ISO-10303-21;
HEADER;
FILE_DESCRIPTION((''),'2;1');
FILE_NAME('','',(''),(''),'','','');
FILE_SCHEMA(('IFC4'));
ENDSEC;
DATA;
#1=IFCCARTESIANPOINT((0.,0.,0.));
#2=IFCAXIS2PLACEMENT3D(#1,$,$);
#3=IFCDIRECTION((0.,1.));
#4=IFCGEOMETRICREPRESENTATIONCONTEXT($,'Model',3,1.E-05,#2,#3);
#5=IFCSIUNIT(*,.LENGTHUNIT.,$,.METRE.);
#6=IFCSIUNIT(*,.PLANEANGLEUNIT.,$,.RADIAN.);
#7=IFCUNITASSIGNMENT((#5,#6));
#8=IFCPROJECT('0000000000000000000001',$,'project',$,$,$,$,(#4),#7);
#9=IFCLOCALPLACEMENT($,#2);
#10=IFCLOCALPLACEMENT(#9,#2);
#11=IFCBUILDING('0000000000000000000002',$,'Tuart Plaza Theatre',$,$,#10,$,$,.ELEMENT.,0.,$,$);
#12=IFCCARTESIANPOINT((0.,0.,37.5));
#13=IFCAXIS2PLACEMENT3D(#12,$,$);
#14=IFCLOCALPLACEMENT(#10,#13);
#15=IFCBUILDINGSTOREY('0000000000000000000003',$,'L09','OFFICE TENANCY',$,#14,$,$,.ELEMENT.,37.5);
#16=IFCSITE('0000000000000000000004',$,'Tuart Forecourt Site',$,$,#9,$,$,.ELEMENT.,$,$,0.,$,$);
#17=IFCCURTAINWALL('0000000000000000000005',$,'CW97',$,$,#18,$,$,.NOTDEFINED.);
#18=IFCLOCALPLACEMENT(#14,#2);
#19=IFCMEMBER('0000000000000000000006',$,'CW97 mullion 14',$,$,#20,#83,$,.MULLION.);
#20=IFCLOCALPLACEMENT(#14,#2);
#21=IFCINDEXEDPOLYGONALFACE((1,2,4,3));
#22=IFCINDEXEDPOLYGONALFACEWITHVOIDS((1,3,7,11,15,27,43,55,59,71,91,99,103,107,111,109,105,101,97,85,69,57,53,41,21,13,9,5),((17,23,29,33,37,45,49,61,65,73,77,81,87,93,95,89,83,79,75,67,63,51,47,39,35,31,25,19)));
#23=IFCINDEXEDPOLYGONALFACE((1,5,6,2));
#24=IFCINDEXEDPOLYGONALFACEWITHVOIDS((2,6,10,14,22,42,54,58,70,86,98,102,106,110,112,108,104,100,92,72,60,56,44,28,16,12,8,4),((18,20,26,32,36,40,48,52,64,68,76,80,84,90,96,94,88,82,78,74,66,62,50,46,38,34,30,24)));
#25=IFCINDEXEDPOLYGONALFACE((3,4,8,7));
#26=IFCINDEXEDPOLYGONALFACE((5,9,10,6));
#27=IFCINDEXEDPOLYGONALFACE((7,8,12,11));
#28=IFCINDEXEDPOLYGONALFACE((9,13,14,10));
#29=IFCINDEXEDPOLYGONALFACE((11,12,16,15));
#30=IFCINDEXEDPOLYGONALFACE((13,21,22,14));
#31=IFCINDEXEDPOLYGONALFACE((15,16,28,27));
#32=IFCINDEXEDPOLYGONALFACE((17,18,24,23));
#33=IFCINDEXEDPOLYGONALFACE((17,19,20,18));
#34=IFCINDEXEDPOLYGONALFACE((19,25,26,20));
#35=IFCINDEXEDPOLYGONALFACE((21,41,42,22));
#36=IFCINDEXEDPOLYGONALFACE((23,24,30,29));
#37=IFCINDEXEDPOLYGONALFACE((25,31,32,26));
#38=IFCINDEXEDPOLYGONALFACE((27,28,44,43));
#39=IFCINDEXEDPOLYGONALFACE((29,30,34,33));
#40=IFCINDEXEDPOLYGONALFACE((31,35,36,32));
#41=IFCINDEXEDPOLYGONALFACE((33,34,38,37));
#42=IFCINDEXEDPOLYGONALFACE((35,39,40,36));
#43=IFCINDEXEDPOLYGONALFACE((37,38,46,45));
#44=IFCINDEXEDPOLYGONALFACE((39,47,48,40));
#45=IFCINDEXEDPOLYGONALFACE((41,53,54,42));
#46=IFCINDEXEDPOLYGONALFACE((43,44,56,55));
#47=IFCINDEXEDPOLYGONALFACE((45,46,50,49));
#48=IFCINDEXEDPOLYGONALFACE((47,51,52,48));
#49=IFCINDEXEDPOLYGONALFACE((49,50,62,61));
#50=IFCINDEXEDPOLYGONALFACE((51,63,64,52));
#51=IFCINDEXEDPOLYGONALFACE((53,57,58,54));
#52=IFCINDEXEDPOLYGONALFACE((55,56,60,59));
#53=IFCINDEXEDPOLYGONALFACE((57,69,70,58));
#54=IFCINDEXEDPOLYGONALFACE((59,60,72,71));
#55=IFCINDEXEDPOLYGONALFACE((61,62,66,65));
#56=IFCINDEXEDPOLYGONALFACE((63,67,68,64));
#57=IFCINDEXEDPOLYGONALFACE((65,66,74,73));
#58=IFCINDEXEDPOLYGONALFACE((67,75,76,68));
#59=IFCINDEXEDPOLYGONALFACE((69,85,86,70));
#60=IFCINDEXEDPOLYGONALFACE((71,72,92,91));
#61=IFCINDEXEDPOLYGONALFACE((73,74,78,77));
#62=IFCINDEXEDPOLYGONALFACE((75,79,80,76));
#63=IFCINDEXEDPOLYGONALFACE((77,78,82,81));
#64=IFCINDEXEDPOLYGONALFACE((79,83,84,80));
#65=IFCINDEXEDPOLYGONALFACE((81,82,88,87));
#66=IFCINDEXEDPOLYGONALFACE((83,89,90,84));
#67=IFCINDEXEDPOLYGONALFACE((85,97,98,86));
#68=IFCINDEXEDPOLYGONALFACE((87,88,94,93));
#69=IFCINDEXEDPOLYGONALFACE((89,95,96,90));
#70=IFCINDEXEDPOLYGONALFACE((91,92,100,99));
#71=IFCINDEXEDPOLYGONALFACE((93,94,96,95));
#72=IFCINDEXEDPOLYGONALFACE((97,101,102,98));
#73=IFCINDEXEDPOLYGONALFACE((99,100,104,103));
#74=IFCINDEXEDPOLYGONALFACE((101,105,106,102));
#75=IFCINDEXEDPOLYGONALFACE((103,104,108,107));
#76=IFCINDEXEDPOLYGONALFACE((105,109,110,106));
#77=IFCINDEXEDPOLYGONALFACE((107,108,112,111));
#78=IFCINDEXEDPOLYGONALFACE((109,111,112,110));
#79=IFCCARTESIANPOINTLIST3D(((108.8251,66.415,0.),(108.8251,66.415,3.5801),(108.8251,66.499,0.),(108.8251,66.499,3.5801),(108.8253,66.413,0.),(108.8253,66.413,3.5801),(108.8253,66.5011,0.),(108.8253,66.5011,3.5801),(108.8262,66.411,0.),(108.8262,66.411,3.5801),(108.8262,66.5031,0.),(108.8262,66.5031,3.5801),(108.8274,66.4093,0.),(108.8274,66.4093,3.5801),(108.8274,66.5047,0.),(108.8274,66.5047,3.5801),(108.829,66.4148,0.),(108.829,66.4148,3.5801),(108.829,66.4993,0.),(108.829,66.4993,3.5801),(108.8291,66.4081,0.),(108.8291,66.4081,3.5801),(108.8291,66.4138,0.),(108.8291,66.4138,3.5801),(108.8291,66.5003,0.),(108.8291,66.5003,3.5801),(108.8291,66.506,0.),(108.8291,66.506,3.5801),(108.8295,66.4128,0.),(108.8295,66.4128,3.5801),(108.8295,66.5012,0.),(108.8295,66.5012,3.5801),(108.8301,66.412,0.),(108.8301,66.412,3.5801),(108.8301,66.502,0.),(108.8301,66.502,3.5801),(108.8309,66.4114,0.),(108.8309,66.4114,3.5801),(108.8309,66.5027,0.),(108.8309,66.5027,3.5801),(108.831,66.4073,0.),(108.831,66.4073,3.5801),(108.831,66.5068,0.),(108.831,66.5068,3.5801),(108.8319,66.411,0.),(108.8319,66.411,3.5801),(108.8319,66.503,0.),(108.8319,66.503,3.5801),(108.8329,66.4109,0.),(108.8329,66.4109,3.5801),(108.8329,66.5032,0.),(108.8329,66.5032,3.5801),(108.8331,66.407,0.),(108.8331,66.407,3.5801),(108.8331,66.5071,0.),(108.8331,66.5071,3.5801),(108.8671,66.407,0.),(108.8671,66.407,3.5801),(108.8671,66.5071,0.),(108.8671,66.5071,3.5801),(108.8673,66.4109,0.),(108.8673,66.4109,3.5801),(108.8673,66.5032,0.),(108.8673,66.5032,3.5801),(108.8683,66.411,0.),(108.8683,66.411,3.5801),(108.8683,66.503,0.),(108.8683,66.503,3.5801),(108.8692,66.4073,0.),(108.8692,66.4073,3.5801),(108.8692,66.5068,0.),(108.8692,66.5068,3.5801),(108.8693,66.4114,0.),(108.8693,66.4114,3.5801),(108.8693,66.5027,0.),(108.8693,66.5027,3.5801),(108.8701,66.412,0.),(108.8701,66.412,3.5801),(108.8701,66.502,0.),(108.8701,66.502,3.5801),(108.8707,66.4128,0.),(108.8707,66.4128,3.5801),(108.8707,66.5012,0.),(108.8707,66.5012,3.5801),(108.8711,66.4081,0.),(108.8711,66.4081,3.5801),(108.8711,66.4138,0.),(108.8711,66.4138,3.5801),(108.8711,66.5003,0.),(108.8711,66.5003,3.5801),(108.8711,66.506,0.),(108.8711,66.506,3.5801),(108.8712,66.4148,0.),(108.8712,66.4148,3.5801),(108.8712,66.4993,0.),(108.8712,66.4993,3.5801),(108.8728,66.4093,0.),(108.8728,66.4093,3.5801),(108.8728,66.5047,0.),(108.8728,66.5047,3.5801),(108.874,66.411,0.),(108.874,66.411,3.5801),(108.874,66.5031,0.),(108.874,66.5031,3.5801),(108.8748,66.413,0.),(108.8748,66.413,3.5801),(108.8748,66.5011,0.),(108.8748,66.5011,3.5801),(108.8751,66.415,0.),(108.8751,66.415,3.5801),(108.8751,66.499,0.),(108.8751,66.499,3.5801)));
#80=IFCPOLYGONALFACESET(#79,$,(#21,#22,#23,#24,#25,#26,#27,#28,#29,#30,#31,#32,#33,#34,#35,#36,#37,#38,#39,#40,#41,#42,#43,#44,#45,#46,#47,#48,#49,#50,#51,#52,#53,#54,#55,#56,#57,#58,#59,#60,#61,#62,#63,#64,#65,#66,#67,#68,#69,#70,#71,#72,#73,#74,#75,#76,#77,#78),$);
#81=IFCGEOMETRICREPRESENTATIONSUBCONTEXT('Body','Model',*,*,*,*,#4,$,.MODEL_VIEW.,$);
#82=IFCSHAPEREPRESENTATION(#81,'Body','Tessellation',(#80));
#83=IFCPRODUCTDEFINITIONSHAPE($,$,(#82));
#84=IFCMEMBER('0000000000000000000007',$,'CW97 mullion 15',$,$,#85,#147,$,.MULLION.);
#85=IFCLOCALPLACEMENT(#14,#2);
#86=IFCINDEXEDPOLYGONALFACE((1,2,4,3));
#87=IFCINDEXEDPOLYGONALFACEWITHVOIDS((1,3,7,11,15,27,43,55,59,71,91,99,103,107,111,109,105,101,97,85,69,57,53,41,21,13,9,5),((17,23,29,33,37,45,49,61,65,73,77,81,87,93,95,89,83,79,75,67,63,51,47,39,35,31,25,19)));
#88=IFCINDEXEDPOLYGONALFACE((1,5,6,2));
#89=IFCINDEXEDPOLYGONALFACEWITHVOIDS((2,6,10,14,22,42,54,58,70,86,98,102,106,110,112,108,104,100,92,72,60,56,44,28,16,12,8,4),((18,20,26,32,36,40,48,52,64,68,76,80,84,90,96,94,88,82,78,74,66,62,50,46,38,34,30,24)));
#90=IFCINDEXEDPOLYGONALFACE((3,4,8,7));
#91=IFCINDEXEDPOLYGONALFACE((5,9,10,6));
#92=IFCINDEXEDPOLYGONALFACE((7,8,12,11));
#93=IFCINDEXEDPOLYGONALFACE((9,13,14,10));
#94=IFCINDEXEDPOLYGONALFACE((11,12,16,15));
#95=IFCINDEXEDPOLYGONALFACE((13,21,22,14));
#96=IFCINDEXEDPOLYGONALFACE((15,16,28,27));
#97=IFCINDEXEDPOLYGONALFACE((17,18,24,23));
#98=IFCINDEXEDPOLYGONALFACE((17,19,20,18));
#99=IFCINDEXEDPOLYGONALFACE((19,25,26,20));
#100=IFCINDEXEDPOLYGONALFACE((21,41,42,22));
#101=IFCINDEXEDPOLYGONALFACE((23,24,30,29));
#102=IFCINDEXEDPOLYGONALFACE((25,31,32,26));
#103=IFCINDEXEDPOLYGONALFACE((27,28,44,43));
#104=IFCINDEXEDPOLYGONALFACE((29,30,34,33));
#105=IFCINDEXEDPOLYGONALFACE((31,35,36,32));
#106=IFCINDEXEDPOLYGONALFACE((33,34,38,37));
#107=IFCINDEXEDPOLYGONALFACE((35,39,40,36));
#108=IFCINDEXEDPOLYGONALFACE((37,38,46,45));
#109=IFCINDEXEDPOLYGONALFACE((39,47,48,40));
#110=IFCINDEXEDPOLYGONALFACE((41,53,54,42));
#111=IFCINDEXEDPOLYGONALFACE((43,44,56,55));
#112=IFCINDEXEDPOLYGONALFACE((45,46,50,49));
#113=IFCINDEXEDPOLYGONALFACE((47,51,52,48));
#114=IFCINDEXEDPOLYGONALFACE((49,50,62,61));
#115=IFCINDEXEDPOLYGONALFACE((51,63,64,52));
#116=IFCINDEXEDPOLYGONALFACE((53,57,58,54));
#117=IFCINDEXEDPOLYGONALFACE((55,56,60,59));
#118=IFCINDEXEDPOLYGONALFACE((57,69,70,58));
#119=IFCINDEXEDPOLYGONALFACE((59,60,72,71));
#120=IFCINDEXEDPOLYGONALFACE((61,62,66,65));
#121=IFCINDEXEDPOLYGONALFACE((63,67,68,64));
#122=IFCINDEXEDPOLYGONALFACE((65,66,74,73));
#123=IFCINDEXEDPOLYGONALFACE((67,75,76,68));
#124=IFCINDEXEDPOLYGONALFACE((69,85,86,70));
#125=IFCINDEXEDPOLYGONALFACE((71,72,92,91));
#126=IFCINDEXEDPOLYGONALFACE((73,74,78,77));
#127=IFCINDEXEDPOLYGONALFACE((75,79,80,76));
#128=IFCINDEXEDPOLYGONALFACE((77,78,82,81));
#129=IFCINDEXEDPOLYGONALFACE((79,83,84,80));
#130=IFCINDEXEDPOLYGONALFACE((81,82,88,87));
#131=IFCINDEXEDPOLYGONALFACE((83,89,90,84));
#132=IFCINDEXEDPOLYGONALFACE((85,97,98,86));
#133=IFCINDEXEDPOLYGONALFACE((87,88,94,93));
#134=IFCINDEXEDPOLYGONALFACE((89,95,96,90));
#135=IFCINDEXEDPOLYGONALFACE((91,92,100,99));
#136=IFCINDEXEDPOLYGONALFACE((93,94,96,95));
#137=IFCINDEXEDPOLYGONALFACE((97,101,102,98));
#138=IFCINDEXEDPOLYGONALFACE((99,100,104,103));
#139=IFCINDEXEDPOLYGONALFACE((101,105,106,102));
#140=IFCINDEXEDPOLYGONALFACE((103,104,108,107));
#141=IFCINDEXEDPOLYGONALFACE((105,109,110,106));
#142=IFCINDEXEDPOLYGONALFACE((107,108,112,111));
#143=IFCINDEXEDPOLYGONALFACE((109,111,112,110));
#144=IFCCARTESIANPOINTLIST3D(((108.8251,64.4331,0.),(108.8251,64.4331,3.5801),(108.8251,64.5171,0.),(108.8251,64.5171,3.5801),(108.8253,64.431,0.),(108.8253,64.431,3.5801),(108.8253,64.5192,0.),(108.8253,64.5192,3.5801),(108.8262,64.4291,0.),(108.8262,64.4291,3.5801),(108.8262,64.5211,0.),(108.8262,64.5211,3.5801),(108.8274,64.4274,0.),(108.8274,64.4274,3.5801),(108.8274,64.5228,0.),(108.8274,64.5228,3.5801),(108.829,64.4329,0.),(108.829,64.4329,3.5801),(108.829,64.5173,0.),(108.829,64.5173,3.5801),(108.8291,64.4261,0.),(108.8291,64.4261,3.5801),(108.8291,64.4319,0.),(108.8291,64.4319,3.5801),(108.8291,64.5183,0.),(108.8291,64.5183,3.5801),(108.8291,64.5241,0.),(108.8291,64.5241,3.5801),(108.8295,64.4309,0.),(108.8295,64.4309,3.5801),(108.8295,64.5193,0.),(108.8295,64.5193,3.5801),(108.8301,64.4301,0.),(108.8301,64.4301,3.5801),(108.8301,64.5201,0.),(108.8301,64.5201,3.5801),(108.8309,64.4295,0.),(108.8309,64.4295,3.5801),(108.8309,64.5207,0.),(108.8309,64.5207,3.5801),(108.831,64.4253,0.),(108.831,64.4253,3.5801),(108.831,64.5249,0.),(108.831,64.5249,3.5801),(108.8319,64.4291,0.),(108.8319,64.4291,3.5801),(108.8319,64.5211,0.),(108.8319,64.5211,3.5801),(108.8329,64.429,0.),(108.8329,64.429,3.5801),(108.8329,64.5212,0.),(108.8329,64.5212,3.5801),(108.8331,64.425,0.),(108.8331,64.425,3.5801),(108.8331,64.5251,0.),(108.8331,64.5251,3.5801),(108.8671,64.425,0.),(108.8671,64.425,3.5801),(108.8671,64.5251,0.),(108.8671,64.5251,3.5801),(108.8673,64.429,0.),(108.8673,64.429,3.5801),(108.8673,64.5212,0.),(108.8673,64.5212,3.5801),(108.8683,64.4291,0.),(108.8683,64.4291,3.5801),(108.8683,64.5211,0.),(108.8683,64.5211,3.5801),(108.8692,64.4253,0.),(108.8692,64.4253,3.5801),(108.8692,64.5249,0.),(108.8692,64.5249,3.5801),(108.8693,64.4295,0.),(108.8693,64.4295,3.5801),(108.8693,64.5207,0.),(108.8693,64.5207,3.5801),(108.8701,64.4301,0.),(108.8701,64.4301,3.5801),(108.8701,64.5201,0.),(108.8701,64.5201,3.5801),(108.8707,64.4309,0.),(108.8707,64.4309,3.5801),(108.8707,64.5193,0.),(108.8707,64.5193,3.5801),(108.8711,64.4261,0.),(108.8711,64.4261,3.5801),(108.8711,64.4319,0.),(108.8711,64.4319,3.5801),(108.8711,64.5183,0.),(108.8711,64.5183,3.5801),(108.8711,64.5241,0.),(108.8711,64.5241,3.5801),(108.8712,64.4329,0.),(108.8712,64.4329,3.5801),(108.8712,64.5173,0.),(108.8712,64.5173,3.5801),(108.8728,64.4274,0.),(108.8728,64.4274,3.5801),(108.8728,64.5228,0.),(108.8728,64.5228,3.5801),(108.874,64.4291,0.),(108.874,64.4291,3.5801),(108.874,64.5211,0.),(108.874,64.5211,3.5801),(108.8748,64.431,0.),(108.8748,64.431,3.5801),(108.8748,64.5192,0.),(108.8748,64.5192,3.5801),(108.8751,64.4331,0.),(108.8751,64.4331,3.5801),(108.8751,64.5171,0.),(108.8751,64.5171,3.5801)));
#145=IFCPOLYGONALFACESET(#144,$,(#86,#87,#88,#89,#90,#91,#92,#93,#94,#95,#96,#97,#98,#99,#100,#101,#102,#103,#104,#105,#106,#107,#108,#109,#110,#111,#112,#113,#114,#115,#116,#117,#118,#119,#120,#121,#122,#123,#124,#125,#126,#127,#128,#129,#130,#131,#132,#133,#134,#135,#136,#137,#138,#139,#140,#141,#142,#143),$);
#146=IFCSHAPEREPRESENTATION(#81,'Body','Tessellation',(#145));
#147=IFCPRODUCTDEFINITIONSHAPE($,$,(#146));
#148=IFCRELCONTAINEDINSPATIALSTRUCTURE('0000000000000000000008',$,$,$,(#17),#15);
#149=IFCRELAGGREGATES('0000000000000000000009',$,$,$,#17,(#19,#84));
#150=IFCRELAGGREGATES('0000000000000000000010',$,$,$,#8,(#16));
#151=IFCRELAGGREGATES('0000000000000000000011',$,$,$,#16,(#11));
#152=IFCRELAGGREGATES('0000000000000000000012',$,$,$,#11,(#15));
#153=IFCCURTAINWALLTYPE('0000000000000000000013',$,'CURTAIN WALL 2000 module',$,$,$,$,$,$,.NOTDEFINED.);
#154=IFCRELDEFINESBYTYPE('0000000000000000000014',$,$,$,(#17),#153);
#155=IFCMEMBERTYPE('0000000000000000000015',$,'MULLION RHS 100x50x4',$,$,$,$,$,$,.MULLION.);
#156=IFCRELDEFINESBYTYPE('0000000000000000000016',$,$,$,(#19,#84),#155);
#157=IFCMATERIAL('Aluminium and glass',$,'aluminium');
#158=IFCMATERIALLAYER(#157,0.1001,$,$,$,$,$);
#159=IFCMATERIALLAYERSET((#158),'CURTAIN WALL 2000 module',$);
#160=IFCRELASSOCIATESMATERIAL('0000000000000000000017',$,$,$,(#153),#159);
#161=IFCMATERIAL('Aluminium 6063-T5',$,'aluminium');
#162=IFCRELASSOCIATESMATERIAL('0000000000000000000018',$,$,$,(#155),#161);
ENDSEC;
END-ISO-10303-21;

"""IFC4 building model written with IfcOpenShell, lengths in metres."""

from ifc_helpers import new_model, si_unit, direction, frame, origin, origin_2d, place, context, subcontext, project, spatial, hollow_rectangle, extrude, material, layer, layer_set, material_profile, profile_set, type_object, element, aggregate, save


model = new_model("IFC4")

# Units and contexts
model_context = context("Model", 3, precision=1e-05, world=origin(), true_north=direction((0.0, 1.0)))
body_context = subcontext(model_context, "Body", "Model", "MODEL_VIEW")
ifc_project = project(units=[si_unit("LENGTHUNIT", "METRE"), si_unit("PLANEANGLEUNIT", "RADIAN")], contexts=[model_context])

# Site, building, storey
site_placement = place(None, origin())
site = spatial("IfcSite", under=ifc_project, at=site_placement, Name="Tuart Forecourt Site", CompositionType="ELEMENT", RefElevation=0.0)
building_placement = place(site_placement, origin())
building = spatial("IfcBuilding", under=site, at=building_placement, Name="Tuart Plaza Theatre", CompositionType="ELEMENT", ElevationOfRefHeight=0.0)
storey_placement = place(building_placement, frame((0.0, 0.0, 37.5)))
storey = spatial("IfcBuildingStorey", under=building, at=storey_placement, Name="L09", Description="OFFICE TENANCY", CompositionType="ELEMENT", Elevation=37.5)

# Curtain wall, members
ifc_material_1 = material(Name="Aluminium and glass", Category="aluminium")
ifc_layer_1 = layer(ifc_material_1, 0.1001)
ifc_layer_set_1 = layer_set([ifc_layer_1], Name="CURTAIN WALL 2000 module")
curtain_wall_type = type_object("IfcCurtainWallType", Name="CURTAIN WALL 2000 module", PredefinedType="NOTDEFINED", material=ifc_layer_set_1)
curtain_wall_placement = place(storey_placement, origin())
curtain_wall = element("IfcCurtainWall", 1, at=curtain_wall_placement, inside=storey, type_object=curtain_wall_type, Name="CW97", PredefinedType="NOTDEFINED")
ifc_material_2 = material(Name="Aluminium 6063-T5", Category="aluminium")
ifc_material_profile_1 = material_profile(ifc_material_2, hollow_rectangle(XDim=0.05, YDim=0.1001, WallThickness=0.0039, InnerFilletRadius=0.0039, OuterFilletRadius=0.0081, at=origin_2d()), Name="RHS 100x50x4")
ifc_profile_set_1 = profile_set([ifc_material_profile_1], Name="Aluminium 6063-T5")
member_type_1 = type_object("IfcMemberType", Name="MULLION RHS 100x50x4", PredefinedType="MULLION", material=ifc_profile_set_1)
member_1_placement = place(storey_placement, frame((108.8501, 66.457, 0.0), z_axis=(0.0, 0.0, 1.0), x_axis=(1.0, 0.0, 0.0)))
member_1 = element("IfcMember", 2, at=member_1_placement, type_object=member_type_1, Name="CW97 mullion 14", PredefinedType="MULLION", context=body_context, shape_type="SweptSolid", body=[
    extrude(hollow_rectangle(XDim=0.05, YDim=0.1001, WallThickness=0.0039, InnerFilletRadius=0.0039, OuterFilletRadius=0.0081, at=origin_2d()), origin(), (0.0, 0.0, 1.0), 3.5801),
])
member_2_placement = place(storey_placement, frame((108.8501, 64.4751, 0.0), z_axis=(0.0, 0.0, 1.0), x_axis=(1.0, 0.0, 0.0)))
member_2 = element("IfcMember", 3, at=member_2_placement, type_object=member_type_1, Name="CW97 mullion 15", PredefinedType="MULLION", context=body_context, shape_type="SweptSolid", body=[
    extrude(hollow_rectangle(XDim=0.05, YDim=0.1001, WallThickness=0.0039, InnerFilletRadius=0.0039, OuterFilletRadius=0.0081, at=origin_2d()), origin(), (0.0, 0.0, 1.0), 3.5801),
])
aggregate(curtain_wall, [member_1, member_2])

save(model, "model.ifc")
